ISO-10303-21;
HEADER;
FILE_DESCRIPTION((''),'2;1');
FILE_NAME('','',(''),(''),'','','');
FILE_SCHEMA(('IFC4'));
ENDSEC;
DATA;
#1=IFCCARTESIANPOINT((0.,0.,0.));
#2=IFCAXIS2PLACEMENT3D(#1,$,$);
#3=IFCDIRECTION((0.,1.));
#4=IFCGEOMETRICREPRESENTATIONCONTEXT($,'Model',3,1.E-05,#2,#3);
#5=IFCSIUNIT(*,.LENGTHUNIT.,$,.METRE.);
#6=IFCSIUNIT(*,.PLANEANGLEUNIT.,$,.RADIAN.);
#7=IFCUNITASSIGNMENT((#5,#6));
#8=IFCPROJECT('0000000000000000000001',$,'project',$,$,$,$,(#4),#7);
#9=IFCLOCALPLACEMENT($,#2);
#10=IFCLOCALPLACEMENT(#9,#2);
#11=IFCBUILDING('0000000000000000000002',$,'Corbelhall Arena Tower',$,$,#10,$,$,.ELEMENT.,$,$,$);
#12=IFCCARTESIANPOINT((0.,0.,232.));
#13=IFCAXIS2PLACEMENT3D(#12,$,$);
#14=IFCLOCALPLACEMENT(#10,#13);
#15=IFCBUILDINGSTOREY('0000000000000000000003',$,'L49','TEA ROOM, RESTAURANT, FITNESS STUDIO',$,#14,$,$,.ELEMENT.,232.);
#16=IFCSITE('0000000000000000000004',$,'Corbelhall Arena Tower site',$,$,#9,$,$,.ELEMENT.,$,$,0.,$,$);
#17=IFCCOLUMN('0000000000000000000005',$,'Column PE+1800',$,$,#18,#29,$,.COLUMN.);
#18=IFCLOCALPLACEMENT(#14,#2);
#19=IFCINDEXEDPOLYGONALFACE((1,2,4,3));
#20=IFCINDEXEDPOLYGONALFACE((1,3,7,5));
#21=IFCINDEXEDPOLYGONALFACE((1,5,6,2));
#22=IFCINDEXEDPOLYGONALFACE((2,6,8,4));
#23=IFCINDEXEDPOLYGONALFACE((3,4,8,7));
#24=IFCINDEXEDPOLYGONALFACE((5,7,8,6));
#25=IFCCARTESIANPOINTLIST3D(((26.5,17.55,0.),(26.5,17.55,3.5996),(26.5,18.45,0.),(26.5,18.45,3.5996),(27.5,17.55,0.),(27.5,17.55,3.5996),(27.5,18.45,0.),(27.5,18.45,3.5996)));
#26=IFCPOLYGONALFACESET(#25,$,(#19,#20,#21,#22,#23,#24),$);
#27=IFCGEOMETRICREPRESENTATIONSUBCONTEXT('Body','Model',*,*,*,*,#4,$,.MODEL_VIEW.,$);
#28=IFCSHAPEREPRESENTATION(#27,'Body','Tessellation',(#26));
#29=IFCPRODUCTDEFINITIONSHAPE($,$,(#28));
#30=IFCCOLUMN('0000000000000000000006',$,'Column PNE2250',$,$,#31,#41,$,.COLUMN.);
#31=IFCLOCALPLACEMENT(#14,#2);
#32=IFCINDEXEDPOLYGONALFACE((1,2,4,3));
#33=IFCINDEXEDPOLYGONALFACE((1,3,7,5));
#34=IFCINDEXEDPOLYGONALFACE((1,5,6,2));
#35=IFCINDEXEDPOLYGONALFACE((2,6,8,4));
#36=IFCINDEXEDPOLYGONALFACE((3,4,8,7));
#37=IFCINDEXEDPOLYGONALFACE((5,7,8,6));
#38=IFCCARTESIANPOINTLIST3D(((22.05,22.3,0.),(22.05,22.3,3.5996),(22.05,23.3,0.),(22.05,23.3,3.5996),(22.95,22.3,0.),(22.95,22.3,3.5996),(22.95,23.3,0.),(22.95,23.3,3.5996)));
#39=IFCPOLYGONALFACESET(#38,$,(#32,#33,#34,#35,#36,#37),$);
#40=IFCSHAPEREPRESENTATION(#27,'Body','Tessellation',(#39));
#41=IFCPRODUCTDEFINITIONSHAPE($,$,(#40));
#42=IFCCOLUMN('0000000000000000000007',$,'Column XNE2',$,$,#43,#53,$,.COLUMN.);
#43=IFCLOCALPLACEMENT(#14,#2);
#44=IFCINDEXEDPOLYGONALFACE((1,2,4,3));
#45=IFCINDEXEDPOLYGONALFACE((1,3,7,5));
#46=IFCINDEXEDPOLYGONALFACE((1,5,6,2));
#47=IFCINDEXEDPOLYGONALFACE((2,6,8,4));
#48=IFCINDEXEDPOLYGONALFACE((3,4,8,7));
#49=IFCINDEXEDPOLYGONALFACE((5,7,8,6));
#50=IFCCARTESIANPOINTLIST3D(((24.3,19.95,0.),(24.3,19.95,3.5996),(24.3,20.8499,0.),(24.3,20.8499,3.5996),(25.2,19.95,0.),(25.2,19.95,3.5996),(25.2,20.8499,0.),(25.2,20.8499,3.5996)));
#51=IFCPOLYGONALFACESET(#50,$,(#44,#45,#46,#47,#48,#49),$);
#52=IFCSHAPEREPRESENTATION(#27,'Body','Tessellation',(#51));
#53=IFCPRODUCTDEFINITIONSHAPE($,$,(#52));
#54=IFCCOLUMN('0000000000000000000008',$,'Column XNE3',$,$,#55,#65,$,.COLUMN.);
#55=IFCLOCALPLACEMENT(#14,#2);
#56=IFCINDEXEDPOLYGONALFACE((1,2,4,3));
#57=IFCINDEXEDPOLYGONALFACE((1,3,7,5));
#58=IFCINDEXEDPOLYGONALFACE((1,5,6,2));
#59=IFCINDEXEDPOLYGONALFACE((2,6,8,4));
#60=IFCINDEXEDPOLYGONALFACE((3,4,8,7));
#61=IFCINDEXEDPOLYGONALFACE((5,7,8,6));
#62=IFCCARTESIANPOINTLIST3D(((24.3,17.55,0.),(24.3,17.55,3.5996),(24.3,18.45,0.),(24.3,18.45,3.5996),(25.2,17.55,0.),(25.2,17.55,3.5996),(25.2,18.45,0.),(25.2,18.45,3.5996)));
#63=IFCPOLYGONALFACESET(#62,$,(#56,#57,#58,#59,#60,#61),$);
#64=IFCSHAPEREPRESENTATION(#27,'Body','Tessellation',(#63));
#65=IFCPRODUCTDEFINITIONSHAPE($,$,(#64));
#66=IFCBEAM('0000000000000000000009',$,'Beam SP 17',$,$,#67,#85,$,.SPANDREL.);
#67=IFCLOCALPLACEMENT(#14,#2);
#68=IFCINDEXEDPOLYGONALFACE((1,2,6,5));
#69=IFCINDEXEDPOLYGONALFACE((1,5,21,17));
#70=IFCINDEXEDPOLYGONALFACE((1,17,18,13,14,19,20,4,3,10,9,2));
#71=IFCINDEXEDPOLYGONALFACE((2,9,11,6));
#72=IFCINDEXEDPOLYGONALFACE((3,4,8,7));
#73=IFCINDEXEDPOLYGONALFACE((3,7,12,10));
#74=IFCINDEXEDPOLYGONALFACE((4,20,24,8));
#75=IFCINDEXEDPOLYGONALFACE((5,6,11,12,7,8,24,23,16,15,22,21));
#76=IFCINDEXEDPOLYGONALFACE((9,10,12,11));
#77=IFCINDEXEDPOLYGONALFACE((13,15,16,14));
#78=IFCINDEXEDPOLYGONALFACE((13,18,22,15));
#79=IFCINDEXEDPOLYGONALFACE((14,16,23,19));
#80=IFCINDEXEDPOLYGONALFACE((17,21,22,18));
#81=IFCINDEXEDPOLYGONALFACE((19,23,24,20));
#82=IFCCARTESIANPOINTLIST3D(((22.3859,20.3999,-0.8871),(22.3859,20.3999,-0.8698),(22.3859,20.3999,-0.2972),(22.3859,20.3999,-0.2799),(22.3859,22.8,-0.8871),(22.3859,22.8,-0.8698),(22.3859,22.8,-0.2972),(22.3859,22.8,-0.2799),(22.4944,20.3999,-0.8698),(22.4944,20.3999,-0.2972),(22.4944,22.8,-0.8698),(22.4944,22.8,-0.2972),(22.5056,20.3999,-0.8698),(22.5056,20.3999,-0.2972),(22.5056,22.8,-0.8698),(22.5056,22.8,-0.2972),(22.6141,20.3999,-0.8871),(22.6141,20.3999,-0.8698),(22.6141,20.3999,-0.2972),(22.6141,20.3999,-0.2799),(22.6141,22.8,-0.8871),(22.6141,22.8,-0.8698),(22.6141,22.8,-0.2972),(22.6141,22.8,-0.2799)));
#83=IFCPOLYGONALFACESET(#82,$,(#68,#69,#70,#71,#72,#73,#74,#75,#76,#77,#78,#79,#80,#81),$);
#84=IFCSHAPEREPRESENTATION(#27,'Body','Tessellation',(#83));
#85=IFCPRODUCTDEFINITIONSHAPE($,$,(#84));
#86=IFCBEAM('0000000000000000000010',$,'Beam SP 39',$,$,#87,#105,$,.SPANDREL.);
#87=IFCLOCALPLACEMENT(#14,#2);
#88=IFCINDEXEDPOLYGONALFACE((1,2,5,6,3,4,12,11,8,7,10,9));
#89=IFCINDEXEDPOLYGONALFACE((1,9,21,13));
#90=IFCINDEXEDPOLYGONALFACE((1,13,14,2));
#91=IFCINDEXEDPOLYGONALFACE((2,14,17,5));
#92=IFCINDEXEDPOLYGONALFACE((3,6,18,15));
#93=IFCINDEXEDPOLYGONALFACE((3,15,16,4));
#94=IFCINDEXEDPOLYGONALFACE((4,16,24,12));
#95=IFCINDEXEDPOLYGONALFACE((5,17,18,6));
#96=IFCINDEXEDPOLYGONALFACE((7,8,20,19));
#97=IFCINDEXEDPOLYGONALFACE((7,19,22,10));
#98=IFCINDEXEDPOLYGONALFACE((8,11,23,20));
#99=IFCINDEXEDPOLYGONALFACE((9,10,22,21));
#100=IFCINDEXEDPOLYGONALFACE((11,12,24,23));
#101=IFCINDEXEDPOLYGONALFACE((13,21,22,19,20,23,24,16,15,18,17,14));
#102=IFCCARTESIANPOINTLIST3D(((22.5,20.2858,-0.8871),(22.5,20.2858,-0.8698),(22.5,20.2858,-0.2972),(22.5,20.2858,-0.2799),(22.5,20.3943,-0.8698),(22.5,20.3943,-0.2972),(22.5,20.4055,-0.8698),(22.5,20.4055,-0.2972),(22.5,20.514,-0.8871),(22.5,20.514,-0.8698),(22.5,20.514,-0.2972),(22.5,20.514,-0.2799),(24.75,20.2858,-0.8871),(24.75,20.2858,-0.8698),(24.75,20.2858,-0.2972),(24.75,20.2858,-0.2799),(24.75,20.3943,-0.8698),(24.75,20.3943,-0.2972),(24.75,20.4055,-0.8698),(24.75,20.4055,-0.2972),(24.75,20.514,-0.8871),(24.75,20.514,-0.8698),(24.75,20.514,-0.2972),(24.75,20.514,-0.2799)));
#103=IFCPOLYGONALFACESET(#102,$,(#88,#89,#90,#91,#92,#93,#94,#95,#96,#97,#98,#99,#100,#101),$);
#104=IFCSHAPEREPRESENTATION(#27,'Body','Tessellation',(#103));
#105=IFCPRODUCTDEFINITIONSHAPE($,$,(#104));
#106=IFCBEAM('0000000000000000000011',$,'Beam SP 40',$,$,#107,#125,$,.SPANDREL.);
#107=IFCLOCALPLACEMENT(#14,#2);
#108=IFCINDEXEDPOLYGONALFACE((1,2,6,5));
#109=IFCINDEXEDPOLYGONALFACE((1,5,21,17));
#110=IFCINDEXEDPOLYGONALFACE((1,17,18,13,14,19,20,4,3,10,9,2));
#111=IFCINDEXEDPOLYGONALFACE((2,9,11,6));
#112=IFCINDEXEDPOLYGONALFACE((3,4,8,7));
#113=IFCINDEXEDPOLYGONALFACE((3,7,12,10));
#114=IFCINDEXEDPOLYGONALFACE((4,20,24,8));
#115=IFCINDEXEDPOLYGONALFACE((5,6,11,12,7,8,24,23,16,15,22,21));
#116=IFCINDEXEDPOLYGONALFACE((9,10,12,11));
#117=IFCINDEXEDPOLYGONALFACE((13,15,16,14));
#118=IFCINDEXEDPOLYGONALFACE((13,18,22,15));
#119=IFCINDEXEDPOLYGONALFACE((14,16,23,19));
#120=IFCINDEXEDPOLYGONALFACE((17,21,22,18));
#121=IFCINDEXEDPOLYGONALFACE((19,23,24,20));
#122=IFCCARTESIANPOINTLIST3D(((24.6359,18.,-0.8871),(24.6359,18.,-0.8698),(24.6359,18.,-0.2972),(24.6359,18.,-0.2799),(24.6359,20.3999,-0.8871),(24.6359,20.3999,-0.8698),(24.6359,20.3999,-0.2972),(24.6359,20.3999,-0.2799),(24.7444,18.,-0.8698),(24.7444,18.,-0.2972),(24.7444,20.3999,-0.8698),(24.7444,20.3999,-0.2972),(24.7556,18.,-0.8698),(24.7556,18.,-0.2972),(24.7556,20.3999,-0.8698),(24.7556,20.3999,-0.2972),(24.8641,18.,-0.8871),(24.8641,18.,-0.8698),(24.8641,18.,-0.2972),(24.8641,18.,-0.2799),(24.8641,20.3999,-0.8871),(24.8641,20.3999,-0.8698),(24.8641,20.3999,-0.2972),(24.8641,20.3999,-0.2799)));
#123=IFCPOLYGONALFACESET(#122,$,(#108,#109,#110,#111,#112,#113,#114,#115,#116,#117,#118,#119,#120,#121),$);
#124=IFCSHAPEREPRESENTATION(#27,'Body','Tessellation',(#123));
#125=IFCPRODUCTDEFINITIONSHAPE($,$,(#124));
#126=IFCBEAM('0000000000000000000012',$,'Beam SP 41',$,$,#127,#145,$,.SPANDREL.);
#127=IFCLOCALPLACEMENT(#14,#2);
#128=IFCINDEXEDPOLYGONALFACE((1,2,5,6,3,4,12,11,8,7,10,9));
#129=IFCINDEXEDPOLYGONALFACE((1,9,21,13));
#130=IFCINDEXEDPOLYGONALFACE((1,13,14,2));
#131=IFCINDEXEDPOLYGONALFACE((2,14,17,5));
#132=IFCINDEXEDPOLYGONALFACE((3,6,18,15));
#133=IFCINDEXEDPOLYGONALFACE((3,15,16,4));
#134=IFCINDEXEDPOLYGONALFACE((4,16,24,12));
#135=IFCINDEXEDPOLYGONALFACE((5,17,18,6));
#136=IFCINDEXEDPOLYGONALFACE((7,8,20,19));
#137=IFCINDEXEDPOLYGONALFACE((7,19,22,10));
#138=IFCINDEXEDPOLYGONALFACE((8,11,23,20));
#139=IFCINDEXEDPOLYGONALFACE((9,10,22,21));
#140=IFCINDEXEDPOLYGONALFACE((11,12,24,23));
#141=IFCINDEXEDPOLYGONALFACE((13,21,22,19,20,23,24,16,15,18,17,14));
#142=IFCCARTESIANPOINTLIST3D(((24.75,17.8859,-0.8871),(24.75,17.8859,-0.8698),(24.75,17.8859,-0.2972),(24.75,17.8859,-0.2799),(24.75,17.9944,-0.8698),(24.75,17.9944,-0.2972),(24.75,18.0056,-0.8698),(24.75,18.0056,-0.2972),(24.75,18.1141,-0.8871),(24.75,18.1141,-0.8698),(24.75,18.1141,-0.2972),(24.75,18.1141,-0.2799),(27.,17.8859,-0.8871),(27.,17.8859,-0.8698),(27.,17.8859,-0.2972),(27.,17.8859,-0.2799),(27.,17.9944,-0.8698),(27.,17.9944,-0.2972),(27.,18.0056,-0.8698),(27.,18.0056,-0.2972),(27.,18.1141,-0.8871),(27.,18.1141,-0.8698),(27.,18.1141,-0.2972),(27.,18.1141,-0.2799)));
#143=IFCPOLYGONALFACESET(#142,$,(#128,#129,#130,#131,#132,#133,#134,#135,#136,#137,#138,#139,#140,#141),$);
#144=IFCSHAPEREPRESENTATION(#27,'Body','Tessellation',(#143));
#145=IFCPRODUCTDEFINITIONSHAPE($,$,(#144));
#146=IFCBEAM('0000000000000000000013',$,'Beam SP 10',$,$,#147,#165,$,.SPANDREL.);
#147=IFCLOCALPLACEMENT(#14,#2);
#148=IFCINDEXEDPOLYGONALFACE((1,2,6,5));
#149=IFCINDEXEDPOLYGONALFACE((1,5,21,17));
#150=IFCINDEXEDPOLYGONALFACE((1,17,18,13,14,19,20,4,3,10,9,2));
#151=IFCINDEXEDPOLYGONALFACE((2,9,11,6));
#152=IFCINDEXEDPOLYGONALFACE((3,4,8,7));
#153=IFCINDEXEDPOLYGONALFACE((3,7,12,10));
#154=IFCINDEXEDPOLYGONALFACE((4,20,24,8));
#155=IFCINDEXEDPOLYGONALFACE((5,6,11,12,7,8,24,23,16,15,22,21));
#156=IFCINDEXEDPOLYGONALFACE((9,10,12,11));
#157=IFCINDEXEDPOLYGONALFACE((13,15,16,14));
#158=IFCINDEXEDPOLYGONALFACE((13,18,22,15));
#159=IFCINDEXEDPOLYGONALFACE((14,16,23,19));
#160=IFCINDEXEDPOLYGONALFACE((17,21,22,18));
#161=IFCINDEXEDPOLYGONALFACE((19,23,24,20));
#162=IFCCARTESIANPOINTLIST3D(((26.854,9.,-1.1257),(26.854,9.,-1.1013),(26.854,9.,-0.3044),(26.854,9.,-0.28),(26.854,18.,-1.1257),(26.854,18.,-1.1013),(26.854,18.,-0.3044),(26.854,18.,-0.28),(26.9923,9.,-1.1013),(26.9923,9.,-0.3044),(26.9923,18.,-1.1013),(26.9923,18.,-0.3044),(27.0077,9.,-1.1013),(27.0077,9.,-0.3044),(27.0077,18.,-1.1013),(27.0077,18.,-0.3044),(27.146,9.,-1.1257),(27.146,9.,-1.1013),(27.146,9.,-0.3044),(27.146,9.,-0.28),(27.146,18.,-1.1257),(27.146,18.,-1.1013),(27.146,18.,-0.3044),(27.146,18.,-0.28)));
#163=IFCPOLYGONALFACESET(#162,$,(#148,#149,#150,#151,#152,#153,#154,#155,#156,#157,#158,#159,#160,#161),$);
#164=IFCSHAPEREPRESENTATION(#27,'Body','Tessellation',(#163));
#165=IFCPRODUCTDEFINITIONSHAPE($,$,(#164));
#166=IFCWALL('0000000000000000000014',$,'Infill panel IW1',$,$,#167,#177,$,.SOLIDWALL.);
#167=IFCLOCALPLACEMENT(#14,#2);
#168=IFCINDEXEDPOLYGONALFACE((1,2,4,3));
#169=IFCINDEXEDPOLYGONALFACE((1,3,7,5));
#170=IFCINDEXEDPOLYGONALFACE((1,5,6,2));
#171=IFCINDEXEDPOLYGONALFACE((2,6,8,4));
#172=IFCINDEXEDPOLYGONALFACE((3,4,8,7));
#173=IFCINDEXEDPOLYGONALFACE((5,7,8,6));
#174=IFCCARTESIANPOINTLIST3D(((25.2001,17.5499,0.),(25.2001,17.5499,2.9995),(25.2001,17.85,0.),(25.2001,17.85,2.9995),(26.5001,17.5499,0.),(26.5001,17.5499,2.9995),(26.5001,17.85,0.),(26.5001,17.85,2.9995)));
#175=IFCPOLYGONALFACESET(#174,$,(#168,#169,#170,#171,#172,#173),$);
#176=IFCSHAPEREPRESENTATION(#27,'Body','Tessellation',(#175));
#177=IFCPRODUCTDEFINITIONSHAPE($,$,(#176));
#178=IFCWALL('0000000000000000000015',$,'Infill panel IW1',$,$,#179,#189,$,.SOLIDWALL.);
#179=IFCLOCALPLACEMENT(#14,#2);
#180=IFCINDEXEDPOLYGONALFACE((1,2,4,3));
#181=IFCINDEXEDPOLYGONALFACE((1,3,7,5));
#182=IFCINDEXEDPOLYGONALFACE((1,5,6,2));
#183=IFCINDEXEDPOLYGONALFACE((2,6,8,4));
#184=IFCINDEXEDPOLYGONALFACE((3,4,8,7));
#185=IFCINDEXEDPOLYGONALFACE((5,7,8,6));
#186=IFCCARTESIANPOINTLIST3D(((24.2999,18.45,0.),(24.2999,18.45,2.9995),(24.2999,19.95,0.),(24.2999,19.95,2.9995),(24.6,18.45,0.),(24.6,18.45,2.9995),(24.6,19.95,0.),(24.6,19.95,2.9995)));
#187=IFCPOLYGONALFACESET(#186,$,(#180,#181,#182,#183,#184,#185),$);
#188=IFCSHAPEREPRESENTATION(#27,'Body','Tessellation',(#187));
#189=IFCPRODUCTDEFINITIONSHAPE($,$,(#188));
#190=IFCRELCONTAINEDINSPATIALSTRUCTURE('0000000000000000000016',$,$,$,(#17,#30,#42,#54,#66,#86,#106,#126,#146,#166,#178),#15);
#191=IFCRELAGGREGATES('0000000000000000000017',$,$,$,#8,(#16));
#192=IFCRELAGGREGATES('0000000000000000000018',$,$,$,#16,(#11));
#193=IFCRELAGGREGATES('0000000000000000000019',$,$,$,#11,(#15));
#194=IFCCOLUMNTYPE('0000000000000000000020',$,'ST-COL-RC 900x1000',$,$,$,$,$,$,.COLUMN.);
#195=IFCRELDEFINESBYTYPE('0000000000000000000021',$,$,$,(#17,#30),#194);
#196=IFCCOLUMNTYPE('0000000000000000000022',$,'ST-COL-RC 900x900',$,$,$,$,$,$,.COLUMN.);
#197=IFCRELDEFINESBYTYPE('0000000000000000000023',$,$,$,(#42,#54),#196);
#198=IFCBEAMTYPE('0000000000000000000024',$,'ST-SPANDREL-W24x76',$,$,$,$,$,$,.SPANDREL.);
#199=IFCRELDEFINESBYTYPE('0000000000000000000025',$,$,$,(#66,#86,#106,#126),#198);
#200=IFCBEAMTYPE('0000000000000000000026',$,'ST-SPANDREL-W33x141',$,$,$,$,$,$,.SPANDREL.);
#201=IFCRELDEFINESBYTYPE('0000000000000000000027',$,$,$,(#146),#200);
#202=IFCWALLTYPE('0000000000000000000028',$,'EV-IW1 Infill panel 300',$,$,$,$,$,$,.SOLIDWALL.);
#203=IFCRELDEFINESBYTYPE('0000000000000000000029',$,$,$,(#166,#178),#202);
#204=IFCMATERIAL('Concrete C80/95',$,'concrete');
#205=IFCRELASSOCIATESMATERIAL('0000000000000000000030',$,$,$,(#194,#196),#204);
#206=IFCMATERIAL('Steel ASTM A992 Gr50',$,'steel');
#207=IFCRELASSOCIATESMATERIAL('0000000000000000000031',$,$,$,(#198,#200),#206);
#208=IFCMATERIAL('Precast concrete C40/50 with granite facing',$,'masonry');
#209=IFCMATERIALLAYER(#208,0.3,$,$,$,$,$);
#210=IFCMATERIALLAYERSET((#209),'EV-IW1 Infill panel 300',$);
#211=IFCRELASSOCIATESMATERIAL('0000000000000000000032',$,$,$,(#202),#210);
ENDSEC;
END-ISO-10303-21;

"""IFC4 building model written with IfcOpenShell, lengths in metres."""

from ifc_helpers import new_model, si_unit, direction, frame, frame_2d, origin, origin_2d, place, context, subcontext, project, spatial, rectangle, i_section, extrude, material, layer, layer_set, material_profile, profile_set, type_object, element, save


model = new_model("IFC4")

# Units and contexts
model_context = context("Model", 3, precision=1e-05, world=origin(), true_north=direction((0.0, 1.0)))
body_context = subcontext(model_context, "Body", "Model", "MODEL_VIEW")
ifc_project = project(units=[si_unit("LENGTHUNIT", "METRE"), si_unit("PLANEANGLEUNIT", "RADIAN")], contexts=[model_context])

# Site, building, storey
site_placement = place(None, origin())
site = spatial("IfcSite", under=ifc_project, at=site_placement, Name="Corbelhall Arena Tower site", CompositionType="ELEMENT", RefElevation=0.0)
building_placement = place(site_placement, origin())
building = spatial("IfcBuilding", under=site, at=building_placement, Name="Corbelhall Arena Tower", CompositionType="ELEMENT")
storey_placement = place(building_placement, frame((0.0, 0.0, 232.0)))
storey = spatial("IfcBuildingStorey", under=building, at=storey_placement, Name="L49", Description="TEA ROOM, RESTAURANT, FITNESS STUDIO", CompositionType="ELEMENT", Elevation=232.0)

# Columns
ifc_material_1 = material(Name="Concrete C80/95", Category="concrete")
ifc_material_profile_1 = material_profile(ifc_material_1, rectangle(XDim=0.8999, YDim=1.0, at=origin_2d()))
ifc_profile_set_1 = profile_set([ifc_material_profile_1], Name="Concrete C80/95")
column_type_1 = type_object("IfcColumnType", Name="ST-COL-RC 900x1000", PredefinedType="COLUMN", material=ifc_profile_set_1)
for number, where, z_axis, x_axis, name in (
    (1, (27.0, 18.0, 0.0), (0.0, 0.0, 1.0), (0.0, 1.0, 0.0), "Column PE+1800"),
    (2, (22.5, 22.8, 0.0), (0.0, 0.0, 1.0), (1.0, 0.0, 0.0), "Column PNE2250"),
):
    element("IfcColumn", number, at=place(storey_placement, frame(where, z_axis=z_axis, x_axis=x_axis)), inside=storey, type_object=column_type_1, Name=name, PredefinedType="COLUMN", context=body_context, shape_type="SweptSolid", body=[
        extrude(rectangle(XDim=0.8999, YDim=1.0, at=origin_2d()), origin(), (0.0, 0.0, 1.0), 3.5996),
    ])
ifc_material_profile_2 = material_profile(ifc_material_1, rectangle(XDim=0.8999, YDim=0.8999, at=origin_2d()))
ifc_profile_set_2 = profile_set([ifc_material_profile_2], Name="Concrete C80/95")
column_type_2 = type_object("IfcColumnType", Name="ST-COL-RC 900x900", PredefinedType="COLUMN", material=ifc_profile_set_2)
for number, where, z_axis, x_axis, name in (
    (3, (24.75, 20.3999, 0.0), (0.0, 0.0, 1.0), (1.0, 0.0, 0.0), "Column XNE2"),
    (4, (24.75, 18.0, 0.0), (0.0, 0.0, 1.0), (1.0, 0.0, 0.0), "Column XNE3"),
):
    element("IfcColumn", number, at=place(storey_placement, frame(where, z_axis=z_axis, x_axis=x_axis)), inside=storey, type_object=column_type_2, Name=name, PredefinedType="COLUMN", context=body_context, shape_type="SweptSolid", body=[
        extrude(rectangle(XDim=0.8999, YDim=0.8999, at=origin_2d()), origin(), (0.0, 0.0, 1.0), 3.5996),
    ])

# Beams
ifc_material_2 = material(Name="Steel ASTM A992 Gr50", Category="steel")
ifc_material_profile_3 = material_profile(ifc_material_2, i_section(OverallWidth=0.2283, OverallDepth=0.6072, WebThickness=0.0112, FlangeThickness=0.0173, at=origin_2d()))
ifc_profile_set_3 = profile_set([ifc_material_profile_3], Name="Steel ASTM A992 Gr50")
beam_type_1 = type_object("IfcBeamType", Name="ST-SPANDREL-W24x76", PredefinedType="SPANDREL", material=ifc_profile_set_3)
beam_1_placement = place(storey_placement, frame((22.5, 22.8, -0.5835), z_axis=(0.0, -1.0, 0.0), x_axis=(1.0, 0.0, 0.0)))
element("IfcBeam", 5, at=beam_1_placement, inside=storey, type_object=beam_type_1, Name="Beam SP 17", PredefinedType="SPANDREL", context=body_context, shape_type="SweptSolid", body=[
    extrude(i_section(OverallWidth=0.2283, OverallDepth=0.6072, WebThickness=0.0112, FlangeThickness=0.0173, at=origin_2d()), origin(), (0.0, 0.0, 1.0), 2.4001),
])
beam_2_placement = place(storey_placement, frame((22.5, 20.3999, -0.5835), z_axis=(1.0, 0.0, 0.0), x_axis=(0.0, 1.0, 0.0)))
element("IfcBeam", 6, at=beam_2_placement, inside=storey, type_object=beam_type_1, Name="Beam SP 39", PredefinedType="SPANDREL", context=body_context, shape_type="SweptSolid", body=[
    extrude(i_section(OverallWidth=0.2283, OverallDepth=0.6072, WebThickness=0.0112, FlangeThickness=0.0173, at=origin_2d()), origin(), (0.0, 0.0, 1.0), 2.25),
])
beam_3_placement = place(storey_placement, frame((24.75, 20.3999, -0.5835), z_axis=(0.0, -1.0, 0.0), x_axis=(1.0, 0.0, 0.0)))
element("IfcBeam", 7, at=beam_3_placement, inside=storey, type_object=beam_type_1, Name="Beam SP 40", PredefinedType="SPANDREL", context=body_context, shape_type="SweptSolid", body=[
    extrude(i_section(OverallWidth=0.2283, OverallDepth=0.6072, WebThickness=0.0112, FlangeThickness=0.0173, at=origin_2d()), origin(), (0.0, 0.0, 1.0), 2.3999),
])
beam_4_placement = place(storey_placement, frame((24.75, 18.0, -0.5835), z_axis=(1.0, 0.0, 0.0), x_axis=(0.0, 1.0, 0.0)))
element("IfcBeam", 8, at=beam_4_placement, inside=storey, type_object=beam_type_1, Name="Beam SP 41", PredefinedType="SPANDREL", context=body_context, shape_type="SweptSolid", body=[
    extrude(i_section(OverallWidth=0.2283, OverallDepth=0.6072, WebThickness=0.0112, FlangeThickness=0.0173, at=origin_2d()), origin(), (0.0, 0.0, 1.0), 2.25),
])
ifc_material_profile_4 = material_profile(ifc_material_2, i_section(OverallWidth=0.292, OverallDepth=0.8457, WebThickness=0.0154, FlangeThickness=0.0244, at=origin_2d()))
ifc_profile_set_4 = profile_set([ifc_material_profile_4], Name="Steel ASTM A992 Gr50")
beam_type_2 = type_object("IfcBeamType", Name="ST-SPANDREL-W33x141", PredefinedType="SPANDREL", material=ifc_profile_set_4)
beam_5_placement = place(storey_placement, frame((27.0, 18.0, -0.7029), z_axis=(0.0, -1.0, 0.0), x_axis=(1.0, 0.0, 0.0)))
element("IfcBeam", 9, at=beam_5_placement, inside=storey, type_object=beam_type_2, Name="Beam SP 10", PredefinedType="SPANDREL", context=body_context, shape_type="SweptSolid", body=[
    extrude(i_section(OverallWidth=0.292, OverallDepth=0.8457, WebThickness=0.0154, FlangeThickness=0.0244, at=origin_2d()), origin(), (0.0, 0.0, 1.0), 9.0),
])

# Walls
ifc_material_3 = material(Name="Precast concrete C40/50 with granite facing", Category="masonry")
ifc_layer = layer(ifc_material_3, 0.3)
ifc_layer_set = layer_set([ifc_layer], Name="EV-IW1 Infill panel 300")
wall_type = type_object("IfcWallType", Name="EV-IW1 Infill panel 300", PredefinedType="SOLIDWALL", material=ifc_layer_set)
wall_1_placement = place(storey_placement, frame((26.5, 17.7, 0.0), z_axis=(0.0, 0.0, 1.0), x_axis=(-1.0, 0.0, 0.0)))
element("IfcWall", 10, at=wall_1_placement, inside=storey, type_object=wall_type, Name="Infill panel IW1", PredefinedType="SOLIDWALL", context=body_context, shape_type="SweptSolid", body=[
    extrude(rectangle(XDim=1.3, YDim=0.3, at=frame_2d((0.6499, 0.0))), origin(), (0.0, 0.0, 1.0), 2.9995),
])
wall_2_placement = place(storey_placement, frame((24.45, 18.45, 0.0), z_axis=(0.0, 0.0, 1.0), x_axis=(0.0, 1.0, 0.0)))
element("IfcWall", 11, at=wall_2_placement, inside=storey, type_object=wall_type, Name="Infill panel IW1", PredefinedType="SOLIDWALL", context=body_context, shape_type="SweptSolid", body=[
    extrude(rectangle(XDim=1.5, YDim=0.3, at=frame_2d((0.75, 0.0))), origin(), (0.0, 0.0, 1.0), 2.9995),
])

save(model, "model.ifc")
